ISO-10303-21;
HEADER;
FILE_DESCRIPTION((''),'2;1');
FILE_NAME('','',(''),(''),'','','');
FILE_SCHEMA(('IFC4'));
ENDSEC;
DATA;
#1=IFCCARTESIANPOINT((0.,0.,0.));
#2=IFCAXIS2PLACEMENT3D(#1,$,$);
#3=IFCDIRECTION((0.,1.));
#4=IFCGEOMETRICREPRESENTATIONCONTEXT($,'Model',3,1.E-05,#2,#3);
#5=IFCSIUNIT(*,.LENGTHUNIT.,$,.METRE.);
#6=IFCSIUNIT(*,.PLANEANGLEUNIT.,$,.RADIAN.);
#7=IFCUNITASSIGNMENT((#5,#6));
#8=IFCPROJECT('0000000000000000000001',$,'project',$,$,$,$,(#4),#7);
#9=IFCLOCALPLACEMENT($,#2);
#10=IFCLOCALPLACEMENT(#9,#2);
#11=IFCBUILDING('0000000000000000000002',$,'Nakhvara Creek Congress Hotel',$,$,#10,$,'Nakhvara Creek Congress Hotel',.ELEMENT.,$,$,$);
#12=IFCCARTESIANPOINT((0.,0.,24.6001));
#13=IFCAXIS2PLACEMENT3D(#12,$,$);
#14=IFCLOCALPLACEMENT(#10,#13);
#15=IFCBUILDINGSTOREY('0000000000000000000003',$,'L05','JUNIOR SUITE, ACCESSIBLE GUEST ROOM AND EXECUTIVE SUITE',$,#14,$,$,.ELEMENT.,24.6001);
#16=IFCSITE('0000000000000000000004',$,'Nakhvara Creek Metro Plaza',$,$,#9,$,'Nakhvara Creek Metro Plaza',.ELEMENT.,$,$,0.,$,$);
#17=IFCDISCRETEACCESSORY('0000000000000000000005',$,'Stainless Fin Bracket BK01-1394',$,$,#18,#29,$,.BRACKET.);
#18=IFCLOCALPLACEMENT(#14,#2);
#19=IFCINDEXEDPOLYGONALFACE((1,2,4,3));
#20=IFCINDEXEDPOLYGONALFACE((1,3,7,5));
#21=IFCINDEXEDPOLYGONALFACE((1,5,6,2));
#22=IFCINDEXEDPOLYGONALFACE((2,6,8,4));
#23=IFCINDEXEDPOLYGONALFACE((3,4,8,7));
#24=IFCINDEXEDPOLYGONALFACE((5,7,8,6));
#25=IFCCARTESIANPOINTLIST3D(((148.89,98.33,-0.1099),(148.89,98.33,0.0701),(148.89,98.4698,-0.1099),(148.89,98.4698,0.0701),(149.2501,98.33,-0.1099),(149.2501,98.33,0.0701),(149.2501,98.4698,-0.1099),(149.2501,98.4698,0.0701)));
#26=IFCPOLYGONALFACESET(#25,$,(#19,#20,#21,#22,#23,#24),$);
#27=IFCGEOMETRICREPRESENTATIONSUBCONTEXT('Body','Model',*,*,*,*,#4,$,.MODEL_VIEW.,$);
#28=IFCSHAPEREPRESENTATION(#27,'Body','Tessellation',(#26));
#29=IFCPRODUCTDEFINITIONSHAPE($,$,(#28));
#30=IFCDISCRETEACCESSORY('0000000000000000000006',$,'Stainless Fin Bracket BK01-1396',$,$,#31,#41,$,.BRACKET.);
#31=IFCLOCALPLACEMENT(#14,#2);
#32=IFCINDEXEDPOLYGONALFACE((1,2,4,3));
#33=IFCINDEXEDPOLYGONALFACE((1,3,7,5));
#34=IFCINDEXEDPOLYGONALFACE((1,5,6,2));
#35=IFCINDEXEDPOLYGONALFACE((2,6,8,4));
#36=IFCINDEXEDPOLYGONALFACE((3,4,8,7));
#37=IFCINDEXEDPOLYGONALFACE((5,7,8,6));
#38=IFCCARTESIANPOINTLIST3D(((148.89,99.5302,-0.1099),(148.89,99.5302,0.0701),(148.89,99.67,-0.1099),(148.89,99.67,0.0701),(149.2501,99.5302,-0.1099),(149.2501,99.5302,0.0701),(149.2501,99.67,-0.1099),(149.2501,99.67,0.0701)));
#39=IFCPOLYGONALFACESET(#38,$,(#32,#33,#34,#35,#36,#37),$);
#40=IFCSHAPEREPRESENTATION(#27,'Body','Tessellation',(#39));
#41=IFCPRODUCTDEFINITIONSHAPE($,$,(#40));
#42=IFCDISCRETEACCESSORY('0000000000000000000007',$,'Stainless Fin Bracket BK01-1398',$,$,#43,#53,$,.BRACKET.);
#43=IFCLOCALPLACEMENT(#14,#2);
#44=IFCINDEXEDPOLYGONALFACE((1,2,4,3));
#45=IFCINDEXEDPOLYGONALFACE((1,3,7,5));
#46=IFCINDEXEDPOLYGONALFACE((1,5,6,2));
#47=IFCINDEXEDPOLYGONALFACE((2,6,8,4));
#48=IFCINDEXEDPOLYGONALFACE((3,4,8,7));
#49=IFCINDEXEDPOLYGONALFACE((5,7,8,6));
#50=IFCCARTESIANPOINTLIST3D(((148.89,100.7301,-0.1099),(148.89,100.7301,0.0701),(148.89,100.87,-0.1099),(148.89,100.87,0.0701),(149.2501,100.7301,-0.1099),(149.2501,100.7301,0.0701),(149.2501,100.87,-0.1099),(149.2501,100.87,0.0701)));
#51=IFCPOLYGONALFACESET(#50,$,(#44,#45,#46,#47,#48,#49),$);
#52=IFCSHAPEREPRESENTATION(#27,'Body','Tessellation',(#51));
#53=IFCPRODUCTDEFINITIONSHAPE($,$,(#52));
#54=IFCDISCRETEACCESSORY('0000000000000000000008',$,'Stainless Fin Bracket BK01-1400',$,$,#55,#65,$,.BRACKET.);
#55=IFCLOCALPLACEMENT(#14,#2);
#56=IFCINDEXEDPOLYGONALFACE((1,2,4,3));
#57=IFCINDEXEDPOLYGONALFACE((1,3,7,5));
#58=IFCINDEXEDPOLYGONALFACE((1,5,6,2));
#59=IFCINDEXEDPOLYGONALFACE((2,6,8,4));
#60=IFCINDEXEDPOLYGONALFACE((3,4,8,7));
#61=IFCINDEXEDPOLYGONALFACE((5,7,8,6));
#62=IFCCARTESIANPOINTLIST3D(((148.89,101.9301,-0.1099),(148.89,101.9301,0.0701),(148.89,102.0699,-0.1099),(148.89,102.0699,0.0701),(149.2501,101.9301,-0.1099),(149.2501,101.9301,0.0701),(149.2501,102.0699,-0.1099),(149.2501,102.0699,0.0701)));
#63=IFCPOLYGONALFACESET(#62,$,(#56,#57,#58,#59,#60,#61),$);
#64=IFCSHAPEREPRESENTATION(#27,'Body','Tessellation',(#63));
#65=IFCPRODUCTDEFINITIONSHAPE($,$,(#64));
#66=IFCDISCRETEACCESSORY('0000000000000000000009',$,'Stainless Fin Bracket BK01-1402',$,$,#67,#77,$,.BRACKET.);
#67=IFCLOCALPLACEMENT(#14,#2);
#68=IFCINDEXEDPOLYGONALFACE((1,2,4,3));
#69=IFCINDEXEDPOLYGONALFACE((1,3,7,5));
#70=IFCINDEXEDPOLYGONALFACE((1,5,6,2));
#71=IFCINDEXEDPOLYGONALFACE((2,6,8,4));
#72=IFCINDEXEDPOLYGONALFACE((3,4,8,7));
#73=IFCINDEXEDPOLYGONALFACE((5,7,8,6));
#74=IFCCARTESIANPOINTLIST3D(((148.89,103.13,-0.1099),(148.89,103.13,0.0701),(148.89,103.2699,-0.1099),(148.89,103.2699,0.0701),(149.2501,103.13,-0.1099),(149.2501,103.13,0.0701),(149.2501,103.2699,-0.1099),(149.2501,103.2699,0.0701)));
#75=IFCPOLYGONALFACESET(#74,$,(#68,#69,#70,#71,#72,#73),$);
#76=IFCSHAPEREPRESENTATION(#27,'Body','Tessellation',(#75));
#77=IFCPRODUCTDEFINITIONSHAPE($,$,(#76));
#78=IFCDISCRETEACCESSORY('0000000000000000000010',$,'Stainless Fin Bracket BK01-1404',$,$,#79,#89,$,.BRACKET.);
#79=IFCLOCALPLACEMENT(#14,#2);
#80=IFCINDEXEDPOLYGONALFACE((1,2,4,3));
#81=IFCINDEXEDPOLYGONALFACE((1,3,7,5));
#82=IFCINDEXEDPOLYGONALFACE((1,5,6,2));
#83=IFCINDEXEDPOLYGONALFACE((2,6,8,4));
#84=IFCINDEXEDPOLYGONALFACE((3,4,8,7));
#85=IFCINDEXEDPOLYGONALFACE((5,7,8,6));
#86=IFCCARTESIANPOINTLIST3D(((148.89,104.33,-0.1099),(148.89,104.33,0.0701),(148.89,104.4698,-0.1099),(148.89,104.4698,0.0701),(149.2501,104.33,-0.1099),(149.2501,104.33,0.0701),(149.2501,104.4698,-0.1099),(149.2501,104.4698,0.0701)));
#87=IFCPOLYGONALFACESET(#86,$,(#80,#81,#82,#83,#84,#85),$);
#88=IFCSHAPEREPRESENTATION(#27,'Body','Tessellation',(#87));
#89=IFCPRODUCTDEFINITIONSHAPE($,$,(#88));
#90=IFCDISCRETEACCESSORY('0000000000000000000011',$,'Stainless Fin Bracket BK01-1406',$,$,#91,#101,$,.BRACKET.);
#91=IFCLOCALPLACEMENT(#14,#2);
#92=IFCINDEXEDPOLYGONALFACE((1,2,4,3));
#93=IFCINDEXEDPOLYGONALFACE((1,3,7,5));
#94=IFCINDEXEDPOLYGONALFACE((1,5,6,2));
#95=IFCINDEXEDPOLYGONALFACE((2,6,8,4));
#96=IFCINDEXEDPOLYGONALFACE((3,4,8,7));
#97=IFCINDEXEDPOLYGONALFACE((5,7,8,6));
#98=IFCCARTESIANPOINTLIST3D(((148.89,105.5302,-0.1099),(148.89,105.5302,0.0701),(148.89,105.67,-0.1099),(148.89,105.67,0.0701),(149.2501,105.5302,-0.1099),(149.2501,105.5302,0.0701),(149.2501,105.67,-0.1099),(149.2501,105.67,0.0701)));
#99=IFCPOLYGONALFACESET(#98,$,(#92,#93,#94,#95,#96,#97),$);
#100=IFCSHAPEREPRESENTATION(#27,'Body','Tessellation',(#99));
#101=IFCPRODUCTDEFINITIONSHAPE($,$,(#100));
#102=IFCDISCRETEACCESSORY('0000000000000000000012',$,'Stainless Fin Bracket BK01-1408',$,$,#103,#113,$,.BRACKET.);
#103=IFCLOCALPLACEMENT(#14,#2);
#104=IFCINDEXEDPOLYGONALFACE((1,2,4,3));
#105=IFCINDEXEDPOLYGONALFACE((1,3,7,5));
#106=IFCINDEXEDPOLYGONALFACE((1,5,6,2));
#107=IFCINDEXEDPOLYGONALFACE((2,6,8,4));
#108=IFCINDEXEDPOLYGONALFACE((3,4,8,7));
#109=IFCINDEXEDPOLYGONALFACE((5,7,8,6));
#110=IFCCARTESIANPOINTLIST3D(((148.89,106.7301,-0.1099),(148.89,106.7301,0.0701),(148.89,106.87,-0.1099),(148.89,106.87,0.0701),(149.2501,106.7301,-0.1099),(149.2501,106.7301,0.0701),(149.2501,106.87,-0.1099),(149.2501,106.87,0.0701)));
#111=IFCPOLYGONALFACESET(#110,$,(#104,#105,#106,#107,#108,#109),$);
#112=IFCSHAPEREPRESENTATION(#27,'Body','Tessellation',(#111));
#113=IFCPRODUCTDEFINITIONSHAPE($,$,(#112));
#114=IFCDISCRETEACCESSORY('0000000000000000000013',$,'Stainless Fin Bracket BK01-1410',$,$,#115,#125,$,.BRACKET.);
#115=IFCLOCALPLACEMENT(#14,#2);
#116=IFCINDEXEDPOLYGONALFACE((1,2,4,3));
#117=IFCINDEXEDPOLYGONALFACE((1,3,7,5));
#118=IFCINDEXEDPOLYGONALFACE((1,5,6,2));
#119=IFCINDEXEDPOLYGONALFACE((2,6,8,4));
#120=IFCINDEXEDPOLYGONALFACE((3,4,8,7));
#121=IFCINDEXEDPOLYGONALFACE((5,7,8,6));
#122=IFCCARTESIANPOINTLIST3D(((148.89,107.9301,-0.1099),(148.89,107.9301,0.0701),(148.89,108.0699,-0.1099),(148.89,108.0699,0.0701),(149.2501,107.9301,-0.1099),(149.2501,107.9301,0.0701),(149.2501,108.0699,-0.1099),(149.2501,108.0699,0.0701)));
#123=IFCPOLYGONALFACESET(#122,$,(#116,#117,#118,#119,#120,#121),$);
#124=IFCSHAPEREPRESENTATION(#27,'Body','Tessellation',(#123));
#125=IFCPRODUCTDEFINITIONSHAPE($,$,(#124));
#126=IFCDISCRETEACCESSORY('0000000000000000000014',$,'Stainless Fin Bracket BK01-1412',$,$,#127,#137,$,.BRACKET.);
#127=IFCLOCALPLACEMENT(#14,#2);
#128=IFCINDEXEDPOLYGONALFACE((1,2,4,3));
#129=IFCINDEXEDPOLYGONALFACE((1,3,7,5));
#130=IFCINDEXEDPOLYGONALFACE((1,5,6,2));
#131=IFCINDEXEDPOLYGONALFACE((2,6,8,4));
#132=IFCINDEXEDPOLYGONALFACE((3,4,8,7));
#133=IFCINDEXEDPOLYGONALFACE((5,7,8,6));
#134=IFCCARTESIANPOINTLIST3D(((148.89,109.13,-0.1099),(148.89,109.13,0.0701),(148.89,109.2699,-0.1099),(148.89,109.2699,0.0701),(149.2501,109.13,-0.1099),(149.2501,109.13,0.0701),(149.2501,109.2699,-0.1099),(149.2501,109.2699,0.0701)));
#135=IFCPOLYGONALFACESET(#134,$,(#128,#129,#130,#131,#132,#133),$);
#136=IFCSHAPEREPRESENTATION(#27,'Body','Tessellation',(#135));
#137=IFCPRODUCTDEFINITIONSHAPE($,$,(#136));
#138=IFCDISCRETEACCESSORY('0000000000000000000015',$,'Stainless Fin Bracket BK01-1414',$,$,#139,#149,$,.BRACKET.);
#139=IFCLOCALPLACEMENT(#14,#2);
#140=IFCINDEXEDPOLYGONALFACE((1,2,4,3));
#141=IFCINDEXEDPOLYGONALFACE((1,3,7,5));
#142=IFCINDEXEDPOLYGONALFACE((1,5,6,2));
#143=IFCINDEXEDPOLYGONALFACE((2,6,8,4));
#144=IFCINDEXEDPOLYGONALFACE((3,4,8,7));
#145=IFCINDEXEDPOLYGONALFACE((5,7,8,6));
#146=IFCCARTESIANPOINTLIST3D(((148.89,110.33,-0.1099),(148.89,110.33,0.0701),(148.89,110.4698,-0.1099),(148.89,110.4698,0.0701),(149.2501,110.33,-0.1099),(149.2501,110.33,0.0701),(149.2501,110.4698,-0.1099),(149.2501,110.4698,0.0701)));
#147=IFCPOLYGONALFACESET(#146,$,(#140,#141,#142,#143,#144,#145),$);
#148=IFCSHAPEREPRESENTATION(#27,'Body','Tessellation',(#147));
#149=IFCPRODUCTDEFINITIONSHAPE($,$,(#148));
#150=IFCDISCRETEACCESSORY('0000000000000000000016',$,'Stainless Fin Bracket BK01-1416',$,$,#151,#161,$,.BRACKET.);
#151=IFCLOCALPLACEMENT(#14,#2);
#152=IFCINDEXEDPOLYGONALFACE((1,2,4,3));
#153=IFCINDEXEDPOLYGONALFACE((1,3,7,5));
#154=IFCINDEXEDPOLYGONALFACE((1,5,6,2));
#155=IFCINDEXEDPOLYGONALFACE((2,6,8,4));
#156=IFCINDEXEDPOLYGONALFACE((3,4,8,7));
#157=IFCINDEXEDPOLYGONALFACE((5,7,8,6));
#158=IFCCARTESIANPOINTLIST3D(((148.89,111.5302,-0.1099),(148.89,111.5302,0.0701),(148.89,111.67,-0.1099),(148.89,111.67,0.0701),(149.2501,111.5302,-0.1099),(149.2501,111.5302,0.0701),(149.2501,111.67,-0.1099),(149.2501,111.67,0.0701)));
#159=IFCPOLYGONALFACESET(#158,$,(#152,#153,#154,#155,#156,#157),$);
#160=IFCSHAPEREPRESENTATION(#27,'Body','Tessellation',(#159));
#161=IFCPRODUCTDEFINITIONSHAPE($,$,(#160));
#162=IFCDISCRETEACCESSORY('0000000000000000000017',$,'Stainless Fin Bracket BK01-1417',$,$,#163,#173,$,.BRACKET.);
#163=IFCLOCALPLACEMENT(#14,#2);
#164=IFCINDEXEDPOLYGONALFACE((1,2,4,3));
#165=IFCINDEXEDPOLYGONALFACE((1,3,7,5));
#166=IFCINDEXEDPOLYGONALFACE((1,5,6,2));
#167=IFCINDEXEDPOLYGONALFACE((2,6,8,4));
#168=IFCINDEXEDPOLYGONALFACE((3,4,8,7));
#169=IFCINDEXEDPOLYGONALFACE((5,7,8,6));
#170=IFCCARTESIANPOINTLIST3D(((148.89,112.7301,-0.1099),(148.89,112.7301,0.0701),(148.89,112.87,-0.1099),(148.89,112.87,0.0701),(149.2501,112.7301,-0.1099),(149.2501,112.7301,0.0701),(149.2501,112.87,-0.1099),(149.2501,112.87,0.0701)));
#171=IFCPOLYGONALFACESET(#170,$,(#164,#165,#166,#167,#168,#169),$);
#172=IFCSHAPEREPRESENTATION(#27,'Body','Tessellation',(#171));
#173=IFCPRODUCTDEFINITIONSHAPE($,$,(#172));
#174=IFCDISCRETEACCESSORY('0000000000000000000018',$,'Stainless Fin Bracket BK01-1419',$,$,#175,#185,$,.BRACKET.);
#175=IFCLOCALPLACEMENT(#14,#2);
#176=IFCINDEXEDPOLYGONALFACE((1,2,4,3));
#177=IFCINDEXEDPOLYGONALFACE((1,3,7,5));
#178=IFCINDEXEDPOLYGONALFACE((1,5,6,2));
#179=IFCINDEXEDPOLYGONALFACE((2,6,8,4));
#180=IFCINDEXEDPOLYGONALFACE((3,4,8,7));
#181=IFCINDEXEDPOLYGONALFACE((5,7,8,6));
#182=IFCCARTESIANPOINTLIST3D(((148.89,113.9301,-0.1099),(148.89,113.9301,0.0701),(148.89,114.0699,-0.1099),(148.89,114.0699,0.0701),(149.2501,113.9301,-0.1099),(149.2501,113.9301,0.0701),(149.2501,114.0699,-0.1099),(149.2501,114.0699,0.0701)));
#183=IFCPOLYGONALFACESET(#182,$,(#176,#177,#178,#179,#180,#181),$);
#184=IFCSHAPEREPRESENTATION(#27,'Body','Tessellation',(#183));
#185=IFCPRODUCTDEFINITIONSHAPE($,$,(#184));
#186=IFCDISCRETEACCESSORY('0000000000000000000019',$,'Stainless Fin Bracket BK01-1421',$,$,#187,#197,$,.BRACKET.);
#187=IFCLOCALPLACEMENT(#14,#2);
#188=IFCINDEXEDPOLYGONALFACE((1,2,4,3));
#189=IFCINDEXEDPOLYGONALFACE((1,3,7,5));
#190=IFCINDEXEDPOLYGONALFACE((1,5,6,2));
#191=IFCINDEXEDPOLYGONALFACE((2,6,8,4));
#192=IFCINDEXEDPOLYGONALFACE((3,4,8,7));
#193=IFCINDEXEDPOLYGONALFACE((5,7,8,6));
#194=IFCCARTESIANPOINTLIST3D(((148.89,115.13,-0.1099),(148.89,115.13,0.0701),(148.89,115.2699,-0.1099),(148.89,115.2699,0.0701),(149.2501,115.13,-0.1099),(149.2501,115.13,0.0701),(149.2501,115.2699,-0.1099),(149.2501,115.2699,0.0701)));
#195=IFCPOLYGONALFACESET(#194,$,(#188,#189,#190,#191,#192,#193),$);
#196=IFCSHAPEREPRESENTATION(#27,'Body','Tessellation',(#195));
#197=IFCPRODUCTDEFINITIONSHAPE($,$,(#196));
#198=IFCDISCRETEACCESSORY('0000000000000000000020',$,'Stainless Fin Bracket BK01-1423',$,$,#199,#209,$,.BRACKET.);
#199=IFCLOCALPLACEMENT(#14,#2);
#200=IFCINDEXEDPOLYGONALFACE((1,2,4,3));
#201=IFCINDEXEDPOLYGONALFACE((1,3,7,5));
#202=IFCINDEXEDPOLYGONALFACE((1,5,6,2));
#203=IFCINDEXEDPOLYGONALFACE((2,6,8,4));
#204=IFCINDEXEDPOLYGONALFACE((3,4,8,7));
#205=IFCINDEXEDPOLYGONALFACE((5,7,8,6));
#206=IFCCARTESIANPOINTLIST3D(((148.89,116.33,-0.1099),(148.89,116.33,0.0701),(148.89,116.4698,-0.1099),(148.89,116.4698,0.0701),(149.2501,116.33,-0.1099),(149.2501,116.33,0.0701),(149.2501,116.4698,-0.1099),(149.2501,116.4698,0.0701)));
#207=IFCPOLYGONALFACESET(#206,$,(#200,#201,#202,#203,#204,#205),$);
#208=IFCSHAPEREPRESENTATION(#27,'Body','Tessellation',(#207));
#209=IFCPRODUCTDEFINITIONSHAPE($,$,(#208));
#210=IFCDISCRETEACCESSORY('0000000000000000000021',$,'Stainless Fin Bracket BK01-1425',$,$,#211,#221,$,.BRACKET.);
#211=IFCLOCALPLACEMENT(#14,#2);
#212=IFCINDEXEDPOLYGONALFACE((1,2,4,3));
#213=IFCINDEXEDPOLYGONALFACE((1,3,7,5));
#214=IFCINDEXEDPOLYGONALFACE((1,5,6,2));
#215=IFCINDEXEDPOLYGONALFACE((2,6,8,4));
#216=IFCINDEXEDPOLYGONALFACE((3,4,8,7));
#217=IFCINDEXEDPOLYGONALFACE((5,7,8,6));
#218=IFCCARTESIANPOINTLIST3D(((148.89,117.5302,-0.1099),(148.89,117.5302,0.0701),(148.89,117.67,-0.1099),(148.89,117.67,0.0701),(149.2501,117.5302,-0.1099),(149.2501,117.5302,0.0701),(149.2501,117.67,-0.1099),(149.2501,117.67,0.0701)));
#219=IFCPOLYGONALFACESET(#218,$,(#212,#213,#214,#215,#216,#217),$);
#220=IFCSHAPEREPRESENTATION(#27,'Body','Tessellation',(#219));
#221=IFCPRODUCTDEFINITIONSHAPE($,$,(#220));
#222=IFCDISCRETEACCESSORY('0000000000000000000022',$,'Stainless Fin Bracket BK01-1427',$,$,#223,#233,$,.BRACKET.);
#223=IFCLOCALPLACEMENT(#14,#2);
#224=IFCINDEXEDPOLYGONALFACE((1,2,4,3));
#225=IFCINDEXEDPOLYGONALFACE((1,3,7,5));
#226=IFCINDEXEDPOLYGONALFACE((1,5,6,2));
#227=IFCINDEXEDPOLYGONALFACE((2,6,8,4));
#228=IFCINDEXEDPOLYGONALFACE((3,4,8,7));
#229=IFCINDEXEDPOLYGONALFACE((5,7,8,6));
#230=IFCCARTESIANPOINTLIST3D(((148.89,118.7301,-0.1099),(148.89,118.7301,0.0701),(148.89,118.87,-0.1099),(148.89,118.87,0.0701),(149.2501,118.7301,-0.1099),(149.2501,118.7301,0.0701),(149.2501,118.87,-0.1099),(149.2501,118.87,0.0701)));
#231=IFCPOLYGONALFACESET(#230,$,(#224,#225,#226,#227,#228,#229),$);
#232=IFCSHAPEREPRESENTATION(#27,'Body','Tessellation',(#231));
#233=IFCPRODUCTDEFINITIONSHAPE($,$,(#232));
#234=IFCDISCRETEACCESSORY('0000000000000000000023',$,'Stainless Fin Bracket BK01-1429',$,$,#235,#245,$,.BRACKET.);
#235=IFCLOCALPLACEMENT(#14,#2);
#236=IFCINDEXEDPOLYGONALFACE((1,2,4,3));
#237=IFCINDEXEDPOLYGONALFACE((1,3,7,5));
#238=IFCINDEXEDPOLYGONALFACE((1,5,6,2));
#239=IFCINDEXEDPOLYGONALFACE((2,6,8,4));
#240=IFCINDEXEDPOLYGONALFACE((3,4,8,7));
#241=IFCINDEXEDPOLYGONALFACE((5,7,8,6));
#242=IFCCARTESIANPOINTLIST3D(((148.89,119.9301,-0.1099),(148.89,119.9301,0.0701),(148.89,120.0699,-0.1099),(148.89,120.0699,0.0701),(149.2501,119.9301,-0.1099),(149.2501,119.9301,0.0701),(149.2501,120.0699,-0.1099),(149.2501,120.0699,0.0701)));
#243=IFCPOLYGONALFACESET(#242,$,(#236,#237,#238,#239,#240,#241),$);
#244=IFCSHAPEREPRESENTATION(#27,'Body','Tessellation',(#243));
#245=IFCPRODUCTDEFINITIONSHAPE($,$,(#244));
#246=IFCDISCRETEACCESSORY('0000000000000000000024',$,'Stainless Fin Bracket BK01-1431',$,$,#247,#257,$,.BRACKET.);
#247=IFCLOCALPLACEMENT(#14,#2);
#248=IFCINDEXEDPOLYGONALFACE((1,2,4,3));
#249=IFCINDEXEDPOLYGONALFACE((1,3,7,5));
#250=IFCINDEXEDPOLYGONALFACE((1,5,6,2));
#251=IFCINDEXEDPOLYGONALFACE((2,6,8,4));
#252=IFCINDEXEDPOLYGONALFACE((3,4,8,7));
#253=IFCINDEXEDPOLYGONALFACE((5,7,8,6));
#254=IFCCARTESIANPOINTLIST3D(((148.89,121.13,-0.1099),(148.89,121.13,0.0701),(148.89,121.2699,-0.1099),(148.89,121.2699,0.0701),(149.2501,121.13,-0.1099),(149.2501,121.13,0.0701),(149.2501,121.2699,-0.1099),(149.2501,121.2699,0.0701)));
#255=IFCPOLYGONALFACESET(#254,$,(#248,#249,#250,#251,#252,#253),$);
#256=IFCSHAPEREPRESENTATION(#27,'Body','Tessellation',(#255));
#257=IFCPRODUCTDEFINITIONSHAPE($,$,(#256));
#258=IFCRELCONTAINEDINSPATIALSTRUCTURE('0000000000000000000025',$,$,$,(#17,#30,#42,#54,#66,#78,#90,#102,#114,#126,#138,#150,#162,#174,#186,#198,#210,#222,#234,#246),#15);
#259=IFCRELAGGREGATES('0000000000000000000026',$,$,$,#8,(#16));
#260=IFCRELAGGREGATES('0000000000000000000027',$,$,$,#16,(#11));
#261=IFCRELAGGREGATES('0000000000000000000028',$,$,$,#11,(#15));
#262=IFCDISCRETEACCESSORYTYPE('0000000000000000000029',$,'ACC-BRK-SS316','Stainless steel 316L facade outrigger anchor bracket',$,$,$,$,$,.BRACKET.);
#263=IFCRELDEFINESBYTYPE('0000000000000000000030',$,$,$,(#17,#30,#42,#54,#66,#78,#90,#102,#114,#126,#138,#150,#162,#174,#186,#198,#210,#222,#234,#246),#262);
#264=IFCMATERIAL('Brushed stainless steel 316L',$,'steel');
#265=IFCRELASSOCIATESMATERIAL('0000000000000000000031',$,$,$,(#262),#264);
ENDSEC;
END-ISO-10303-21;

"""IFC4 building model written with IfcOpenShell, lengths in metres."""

from ifc_helpers import new_model, si_unit, direction, frame, origin, origin_2d, place, context, subcontext, project, spatial, rectangle, extrude, material, type_object, element, save


model = new_model("IFC4")

# Units and contexts
model_context = context("Model", 3, precision=1e-05, world=origin(), true_north=direction((0.0, 1.0)))
body_context = subcontext(model_context, "Body", "Model", "MODEL_VIEW")
ifc_project = project(units=[si_unit("LENGTHUNIT", "METRE"), si_unit("PLANEANGLEUNIT", "RADIAN")], contexts=[model_context])

# Site, building, storey
site_placement = place(None, origin())
site = spatial("IfcSite", under=ifc_project, at=site_placement, Name="Nakhvara Creek Metro Plaza", LongName="Nakhvara Creek Metro Plaza", CompositionType="ELEMENT", RefElevation=0.0)
building_placement = place(site_placement, origin())
building = spatial("IfcBuilding", under=site, at=building_placement, Name="Nakhvara Creek Congress Hotel", LongName="Nakhvara Creek Congress Hotel", CompositionType="ELEMENT")
storey_placement = place(building_placement, frame((0.0, 0.0, 24.6001)))
storey = spatial("IfcBuildingStorey", under=building, at=storey_placement, Name="L05", Description="JUNIOR SUITE, ACCESSIBLE GUEST ROOM AND EXECUTIVE SUITE", CompositionType="ELEMENT", Elevation=24.6001)

# Discrete accessories
ifc_material = material(Name="Brushed stainless steel 316L", Category="steel")
discrete_accessory_type = type_object("IfcDiscreteAccessoryType", Name="ACC-BRK-SS316", Description="Stainless steel 316L facade outrigger anchor bracket", PredefinedType="BRACKET", material=ifc_material)
for number, where, z_axis, x_axis, name in (
    (1, (149.0701, 98.3999, -0.1099), (0.0, 0.0, 1.0), (0.0, 1.0, 0.0), "Stainless Fin Bracket BK01-1394"),
    (2, (149.0701, 99.6001, -0.1099), (0.0, 0.0, 1.0), (0.0, 1.0, 0.0), "Stainless Fin Bracket BK01-1396"),
    (3, (149.0701, 100.8, -0.1099), (0.0, 0.0, 1.0), (0.0, 1.0, 0.0), "Stainless Fin Bracket BK01-1398"),
    (4, (149.0701, 102.0, -0.1099), (0.0, 0.0, 1.0), (0.0, 1.0, 0.0), "Stainless Fin Bracket BK01-1400"),
    (5, (149.0701, 103.2, -0.1099), (0.0, 0.0, 1.0), (0.0, 1.0, 0.0), "Stainless Fin Bracket BK01-1402"),
    (6, (149.0701, 104.3999, -0.1099), (0.0, 0.0, 1.0), (0.0, 1.0, 0.0), "Stainless Fin Bracket BK01-1404"),
    (7, (149.0701, 105.6001, -0.1099), (0.0, 0.0, 1.0), (0.0, 1.0, 0.0), "Stainless Fin Bracket BK01-1406"),
    (8, (149.0701, 106.8, -0.1099), (0.0, 0.0, 1.0), (0.0, 1.0, 0.0), "Stainless Fin Bracket BK01-1408"),
    (9, (149.0701, 108.0, -0.1099), (0.0, 0.0, 1.0), (0.0, 1.0, 0.0), "Stainless Fin Bracket BK01-1410"),
    (10, (149.0701, 109.2, -0.1099), (0.0, 0.0, 1.0), (0.0, 1.0, 0.0), "Stainless Fin Bracket BK01-1412"),
    (11, (149.0701, 110.3999, -0.1099), (0.0, 0.0, 1.0), (0.0, 1.0, 0.0), "Stainless Fin Bracket BK01-1414"),
    (12, (149.0701, 111.6001, -0.1099), (0.0, 0.0, 1.0), (0.0, 1.0, 0.0), "Stainless Fin Bracket BK01-1416"),
    (13, (149.0701, 112.8, -0.1099), (0.0, 0.0, 1.0), (0.0, 1.0, 0.0), "Stainless Fin Bracket BK01-1417"),
    (14, (149.0701, 114.0, -0.1099), (0.0, 0.0, 1.0), (0.0, 1.0, 0.0), "Stainless Fin Bracket BK01-1419"),
    (15, (149.0701, 115.2, -0.1099), (0.0, 0.0, 1.0), (0.0, 1.0, 0.0), "Stainless Fin Bracket BK01-1421"),
    (16, (149.0701, 116.3999, -0.1099), (0.0, 0.0, 1.0), (0.0, 1.0, 0.0), "Stainless Fin Bracket BK01-1423"),
    (17, (149.0701, 117.6001, -0.1099), (0.0, 0.0, 1.0), (0.0, 1.0, 0.0), "Stainless Fin Bracket BK01-1425"),
    (18, (149.0701, 118.8, -0.1099), (0.0, 0.0, 1.0), (0.0, 1.0, 0.0), "Stainless Fin Bracket BK01-1427"),
    (19, (149.0701, 120.0, -0.1099), (0.0, 0.0, 1.0), (0.0, 1.0, 0.0), "Stainless Fin Bracket BK01-1429"),
    (20, (149.0701, 121.2, -0.1099), (0.0, 0.0, 1.0), (0.0, 1.0, 0.0), "Stainless Fin Bracket BK01-1431"),
):
    element("IfcDiscreteAccessory", number, at=place(storey_placement, frame(where, z_axis=z_axis, x_axis=x_axis)), inside=storey, type_object=discrete_accessory_type, Name=name, PredefinedType="BRACKET", context=body_context, shape_type="SweptSolid", body=[
        extrude(rectangle(XDim=0.1399, YDim=0.3601, at=origin_2d()), origin(), (0.0, 0.0, 1.0), 0.1799),
    ])

save(model, "model.ifc")
